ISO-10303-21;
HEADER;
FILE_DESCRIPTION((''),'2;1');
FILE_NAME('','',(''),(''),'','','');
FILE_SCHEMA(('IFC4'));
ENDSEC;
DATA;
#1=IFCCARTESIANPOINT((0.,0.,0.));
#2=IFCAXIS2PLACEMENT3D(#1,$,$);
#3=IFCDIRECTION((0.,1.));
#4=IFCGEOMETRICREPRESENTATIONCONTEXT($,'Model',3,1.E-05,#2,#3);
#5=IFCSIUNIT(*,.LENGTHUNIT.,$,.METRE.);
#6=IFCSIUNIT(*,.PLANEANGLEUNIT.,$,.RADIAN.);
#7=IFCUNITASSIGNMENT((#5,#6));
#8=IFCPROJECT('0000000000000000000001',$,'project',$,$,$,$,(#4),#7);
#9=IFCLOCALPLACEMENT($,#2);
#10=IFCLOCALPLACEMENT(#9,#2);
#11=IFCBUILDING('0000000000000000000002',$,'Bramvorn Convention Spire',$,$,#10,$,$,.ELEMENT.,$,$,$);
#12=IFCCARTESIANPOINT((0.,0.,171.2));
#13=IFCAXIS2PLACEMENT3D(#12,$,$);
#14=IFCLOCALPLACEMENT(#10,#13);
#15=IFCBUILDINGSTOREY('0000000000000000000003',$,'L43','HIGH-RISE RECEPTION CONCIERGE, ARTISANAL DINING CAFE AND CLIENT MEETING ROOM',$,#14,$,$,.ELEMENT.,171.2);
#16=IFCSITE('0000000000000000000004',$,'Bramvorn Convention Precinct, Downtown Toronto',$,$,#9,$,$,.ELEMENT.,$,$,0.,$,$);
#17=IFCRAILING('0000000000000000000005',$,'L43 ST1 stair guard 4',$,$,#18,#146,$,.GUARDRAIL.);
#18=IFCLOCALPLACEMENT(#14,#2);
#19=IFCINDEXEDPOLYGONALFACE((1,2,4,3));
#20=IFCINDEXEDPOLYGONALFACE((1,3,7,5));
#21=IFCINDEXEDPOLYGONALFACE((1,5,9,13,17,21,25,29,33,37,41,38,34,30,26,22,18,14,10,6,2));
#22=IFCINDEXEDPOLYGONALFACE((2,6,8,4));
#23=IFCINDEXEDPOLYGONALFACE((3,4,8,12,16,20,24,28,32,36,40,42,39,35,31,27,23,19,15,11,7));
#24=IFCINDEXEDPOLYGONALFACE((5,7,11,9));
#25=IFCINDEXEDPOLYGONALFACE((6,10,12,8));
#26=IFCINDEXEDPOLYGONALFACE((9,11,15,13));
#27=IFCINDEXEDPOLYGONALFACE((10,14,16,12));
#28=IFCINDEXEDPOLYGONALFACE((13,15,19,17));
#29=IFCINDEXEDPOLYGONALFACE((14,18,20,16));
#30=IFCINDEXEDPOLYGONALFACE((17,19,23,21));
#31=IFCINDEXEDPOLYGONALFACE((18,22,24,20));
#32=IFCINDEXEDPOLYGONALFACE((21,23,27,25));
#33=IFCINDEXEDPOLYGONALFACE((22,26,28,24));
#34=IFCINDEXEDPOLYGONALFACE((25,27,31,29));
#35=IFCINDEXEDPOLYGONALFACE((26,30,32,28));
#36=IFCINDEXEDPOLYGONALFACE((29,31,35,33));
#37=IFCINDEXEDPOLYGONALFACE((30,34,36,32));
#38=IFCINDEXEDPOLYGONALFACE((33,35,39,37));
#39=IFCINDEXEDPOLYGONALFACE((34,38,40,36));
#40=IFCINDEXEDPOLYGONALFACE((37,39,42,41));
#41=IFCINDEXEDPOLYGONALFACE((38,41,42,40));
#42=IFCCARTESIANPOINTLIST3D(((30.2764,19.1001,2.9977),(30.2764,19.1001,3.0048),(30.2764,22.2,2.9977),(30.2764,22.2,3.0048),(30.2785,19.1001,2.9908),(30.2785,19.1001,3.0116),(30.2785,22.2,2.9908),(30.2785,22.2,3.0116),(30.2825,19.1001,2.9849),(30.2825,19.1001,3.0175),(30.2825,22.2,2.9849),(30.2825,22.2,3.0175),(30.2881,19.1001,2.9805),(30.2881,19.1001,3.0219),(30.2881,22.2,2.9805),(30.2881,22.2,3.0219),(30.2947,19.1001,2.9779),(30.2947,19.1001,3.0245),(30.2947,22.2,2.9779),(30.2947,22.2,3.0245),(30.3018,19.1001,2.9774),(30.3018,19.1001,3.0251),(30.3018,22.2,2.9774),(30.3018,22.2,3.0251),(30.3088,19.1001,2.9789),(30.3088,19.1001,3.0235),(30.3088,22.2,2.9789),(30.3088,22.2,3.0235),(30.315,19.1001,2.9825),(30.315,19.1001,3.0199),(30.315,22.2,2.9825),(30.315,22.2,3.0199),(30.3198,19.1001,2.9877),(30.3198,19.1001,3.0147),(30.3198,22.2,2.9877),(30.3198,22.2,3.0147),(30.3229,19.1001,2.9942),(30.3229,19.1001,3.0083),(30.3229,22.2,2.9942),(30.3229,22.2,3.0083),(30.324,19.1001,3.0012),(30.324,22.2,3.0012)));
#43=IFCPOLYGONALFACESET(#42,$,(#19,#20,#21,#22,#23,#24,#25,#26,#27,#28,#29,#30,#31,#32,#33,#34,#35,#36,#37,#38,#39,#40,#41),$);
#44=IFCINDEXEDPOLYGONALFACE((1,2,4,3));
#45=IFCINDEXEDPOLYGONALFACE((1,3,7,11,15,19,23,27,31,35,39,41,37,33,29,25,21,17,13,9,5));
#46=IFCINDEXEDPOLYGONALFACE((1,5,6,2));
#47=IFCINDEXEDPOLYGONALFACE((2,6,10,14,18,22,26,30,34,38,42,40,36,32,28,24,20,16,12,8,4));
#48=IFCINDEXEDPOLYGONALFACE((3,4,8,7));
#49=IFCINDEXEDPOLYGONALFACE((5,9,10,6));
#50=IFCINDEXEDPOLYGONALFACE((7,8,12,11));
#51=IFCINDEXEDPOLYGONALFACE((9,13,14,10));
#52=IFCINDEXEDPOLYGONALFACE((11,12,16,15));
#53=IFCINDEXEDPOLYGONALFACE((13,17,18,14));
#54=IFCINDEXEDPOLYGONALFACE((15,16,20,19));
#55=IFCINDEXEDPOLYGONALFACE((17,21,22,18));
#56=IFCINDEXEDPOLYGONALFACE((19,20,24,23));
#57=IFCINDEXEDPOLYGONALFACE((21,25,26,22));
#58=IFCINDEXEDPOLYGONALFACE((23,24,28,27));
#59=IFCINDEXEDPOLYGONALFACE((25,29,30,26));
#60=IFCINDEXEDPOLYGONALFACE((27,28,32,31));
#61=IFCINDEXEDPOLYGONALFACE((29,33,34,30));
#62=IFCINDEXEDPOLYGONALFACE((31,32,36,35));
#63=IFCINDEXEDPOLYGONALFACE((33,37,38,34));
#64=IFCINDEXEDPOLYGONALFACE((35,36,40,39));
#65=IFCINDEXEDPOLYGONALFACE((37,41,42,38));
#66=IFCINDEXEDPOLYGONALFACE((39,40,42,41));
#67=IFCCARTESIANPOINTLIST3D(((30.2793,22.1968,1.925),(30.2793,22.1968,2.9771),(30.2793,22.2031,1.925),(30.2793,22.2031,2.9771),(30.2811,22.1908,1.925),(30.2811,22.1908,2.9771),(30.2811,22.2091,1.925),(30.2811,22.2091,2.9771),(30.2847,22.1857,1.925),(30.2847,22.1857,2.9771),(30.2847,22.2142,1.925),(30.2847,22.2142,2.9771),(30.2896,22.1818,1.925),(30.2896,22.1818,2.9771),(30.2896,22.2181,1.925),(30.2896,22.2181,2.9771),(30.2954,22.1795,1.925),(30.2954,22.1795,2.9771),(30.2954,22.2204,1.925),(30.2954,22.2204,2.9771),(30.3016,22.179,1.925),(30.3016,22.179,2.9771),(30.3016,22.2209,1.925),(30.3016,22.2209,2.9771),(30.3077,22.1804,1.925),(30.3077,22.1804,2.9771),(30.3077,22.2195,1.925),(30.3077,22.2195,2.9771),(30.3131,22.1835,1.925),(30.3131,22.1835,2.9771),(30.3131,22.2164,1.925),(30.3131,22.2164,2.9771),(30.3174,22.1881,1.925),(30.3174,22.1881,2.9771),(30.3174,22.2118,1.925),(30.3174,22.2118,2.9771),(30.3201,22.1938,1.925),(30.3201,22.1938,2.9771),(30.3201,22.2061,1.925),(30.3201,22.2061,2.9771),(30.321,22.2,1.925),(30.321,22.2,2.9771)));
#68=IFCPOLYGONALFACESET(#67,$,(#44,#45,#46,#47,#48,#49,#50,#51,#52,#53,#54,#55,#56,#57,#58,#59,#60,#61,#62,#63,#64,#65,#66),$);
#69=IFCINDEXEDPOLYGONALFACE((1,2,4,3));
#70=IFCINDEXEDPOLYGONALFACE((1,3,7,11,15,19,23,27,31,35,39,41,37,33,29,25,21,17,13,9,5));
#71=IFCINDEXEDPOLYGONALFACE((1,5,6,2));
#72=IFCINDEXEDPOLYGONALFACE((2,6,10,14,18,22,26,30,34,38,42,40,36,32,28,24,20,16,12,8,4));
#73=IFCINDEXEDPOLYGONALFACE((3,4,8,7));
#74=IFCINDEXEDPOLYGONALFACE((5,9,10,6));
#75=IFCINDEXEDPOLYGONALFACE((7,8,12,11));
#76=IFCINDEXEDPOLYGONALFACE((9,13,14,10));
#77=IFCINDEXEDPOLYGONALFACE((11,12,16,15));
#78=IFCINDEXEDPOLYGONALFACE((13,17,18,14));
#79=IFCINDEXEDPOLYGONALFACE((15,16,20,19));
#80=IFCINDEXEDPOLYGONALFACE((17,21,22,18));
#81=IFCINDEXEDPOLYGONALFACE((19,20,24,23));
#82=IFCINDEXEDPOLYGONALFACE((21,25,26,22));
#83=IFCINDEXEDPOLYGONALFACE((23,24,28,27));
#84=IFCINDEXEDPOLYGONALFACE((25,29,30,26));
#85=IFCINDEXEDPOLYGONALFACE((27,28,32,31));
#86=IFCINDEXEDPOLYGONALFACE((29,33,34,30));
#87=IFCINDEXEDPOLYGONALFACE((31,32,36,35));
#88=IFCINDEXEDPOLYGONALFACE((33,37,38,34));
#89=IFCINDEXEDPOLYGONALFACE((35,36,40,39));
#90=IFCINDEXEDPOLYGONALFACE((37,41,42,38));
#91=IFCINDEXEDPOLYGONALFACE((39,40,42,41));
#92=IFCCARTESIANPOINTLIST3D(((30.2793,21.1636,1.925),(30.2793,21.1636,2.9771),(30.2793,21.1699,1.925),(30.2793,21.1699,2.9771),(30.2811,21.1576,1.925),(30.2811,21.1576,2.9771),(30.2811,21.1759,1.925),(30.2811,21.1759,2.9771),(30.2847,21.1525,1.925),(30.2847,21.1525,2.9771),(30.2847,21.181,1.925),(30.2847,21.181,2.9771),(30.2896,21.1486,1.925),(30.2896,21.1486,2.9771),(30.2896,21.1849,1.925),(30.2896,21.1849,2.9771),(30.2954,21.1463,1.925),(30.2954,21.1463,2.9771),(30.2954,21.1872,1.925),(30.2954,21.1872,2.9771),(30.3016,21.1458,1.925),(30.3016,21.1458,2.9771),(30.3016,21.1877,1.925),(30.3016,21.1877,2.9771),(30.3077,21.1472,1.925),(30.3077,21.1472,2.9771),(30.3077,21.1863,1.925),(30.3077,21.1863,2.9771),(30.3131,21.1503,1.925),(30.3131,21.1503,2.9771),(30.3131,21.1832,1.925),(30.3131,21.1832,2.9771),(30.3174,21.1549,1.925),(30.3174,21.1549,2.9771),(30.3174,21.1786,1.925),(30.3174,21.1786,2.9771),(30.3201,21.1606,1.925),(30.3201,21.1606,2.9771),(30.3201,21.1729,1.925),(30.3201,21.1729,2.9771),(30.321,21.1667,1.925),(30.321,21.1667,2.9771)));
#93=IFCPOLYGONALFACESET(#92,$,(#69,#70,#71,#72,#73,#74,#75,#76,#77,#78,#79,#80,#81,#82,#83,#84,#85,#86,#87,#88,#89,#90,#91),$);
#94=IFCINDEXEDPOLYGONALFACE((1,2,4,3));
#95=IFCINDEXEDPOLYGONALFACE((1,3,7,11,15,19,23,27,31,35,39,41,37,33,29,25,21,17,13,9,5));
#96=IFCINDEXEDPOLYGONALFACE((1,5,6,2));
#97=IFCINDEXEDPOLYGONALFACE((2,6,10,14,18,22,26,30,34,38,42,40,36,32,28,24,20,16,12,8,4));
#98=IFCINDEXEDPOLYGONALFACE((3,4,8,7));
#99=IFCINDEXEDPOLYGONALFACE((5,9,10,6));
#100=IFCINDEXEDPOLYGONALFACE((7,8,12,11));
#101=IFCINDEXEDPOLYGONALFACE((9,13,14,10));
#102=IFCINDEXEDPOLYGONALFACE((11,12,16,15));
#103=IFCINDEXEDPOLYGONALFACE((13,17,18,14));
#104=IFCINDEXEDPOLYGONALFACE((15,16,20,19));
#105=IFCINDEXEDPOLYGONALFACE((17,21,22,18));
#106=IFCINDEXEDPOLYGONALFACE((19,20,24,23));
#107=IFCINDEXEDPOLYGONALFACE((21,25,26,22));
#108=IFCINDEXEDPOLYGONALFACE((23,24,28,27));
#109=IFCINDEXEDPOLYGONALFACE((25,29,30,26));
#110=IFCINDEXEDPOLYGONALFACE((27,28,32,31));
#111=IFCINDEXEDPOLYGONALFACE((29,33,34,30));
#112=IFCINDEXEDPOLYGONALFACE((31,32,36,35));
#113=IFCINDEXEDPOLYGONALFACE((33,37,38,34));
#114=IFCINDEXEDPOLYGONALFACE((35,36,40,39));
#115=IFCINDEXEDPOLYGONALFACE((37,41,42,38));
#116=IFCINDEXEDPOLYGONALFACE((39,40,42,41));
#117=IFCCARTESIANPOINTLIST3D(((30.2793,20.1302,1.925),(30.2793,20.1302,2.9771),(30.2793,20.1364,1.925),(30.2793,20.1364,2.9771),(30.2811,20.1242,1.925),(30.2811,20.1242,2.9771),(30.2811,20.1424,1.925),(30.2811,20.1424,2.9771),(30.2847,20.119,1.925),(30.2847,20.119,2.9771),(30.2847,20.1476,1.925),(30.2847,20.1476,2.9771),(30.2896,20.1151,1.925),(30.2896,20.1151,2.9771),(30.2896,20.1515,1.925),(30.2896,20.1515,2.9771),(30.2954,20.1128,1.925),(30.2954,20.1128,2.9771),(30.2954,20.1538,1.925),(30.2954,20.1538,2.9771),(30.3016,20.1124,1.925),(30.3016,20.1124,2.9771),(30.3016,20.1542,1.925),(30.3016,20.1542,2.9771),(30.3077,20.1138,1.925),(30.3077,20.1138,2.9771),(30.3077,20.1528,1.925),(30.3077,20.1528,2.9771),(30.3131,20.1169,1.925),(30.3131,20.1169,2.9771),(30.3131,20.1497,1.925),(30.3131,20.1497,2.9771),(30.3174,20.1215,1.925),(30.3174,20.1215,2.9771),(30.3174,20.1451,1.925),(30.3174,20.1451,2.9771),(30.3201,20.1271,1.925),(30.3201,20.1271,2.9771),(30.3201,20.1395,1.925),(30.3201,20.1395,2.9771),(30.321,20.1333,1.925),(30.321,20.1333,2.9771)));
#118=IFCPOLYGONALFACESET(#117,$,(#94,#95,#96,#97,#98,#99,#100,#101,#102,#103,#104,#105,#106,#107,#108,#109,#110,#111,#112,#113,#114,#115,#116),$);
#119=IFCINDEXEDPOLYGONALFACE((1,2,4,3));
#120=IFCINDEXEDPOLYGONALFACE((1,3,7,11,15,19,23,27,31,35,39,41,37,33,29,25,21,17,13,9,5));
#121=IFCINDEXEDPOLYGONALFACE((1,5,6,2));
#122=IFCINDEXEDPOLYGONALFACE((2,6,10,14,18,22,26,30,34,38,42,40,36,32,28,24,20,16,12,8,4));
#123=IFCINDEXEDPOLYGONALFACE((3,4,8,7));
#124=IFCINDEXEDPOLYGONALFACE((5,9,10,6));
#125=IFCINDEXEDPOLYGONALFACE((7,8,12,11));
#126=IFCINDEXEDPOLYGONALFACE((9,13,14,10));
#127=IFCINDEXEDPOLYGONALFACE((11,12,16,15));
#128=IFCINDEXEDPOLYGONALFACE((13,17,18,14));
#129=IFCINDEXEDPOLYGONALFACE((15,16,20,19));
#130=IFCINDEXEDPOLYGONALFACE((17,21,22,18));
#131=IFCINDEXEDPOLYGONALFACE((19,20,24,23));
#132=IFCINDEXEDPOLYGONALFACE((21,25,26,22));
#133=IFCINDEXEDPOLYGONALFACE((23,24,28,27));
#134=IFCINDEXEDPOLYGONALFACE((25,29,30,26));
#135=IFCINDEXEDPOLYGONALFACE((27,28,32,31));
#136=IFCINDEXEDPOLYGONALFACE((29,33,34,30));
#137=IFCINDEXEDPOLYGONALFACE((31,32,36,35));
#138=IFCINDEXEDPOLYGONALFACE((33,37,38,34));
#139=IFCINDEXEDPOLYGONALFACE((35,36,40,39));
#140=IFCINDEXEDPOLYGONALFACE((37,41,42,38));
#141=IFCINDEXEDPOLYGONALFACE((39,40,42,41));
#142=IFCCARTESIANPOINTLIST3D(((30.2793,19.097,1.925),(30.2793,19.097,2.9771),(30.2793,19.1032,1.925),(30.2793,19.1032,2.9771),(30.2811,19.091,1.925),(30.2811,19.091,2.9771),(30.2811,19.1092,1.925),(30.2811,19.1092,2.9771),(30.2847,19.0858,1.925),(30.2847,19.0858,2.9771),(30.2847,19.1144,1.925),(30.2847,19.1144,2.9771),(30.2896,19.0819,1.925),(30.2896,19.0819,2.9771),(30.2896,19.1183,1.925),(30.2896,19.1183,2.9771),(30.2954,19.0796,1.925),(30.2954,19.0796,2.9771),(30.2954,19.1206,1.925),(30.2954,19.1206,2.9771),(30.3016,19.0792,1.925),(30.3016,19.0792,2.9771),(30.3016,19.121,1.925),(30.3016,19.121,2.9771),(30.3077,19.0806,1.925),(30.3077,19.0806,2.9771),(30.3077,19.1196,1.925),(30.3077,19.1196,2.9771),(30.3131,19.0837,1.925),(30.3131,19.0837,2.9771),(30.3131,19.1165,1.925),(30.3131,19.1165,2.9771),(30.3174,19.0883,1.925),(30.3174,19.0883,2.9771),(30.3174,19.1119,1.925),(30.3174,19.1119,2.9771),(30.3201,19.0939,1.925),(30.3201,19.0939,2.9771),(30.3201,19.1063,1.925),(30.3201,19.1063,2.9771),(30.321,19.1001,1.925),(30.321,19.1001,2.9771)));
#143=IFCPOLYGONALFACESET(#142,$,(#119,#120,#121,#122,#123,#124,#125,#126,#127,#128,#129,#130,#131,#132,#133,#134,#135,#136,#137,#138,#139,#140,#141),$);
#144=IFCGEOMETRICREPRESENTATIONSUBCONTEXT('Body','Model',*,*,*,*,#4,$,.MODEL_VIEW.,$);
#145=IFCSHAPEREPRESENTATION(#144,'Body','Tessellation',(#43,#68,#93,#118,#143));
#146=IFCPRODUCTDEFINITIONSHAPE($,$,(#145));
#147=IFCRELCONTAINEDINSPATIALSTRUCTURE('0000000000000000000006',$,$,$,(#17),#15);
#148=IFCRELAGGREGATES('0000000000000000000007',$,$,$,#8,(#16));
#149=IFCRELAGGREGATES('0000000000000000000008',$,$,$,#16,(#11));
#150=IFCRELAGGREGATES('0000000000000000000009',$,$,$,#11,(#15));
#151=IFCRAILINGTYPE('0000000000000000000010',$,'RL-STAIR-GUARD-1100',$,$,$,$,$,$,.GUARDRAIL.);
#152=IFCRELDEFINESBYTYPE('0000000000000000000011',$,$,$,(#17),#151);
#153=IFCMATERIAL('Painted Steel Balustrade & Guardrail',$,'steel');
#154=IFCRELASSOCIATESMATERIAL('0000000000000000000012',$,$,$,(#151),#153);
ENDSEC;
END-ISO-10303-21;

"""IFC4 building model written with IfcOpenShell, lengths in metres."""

from ifc_helpers import new_model, si_unit, direction, frame, origin, origin_2d, place, context, subcontext, project, spatial, circle, extrude, material, type_object, element, save


model = new_model("IFC4")

# Units and contexts
model_context = context("Model", 3, precision=1e-05, world=origin(), true_north=direction((0.0, 1.0)))
body_context = subcontext(model_context, "Body", "Model", "MODEL_VIEW")
ifc_project = project(units=[si_unit("LENGTHUNIT", "METRE"), si_unit("PLANEANGLEUNIT", "RADIAN")], contexts=[model_context])

# Site, building, storey
site_placement = place(None, origin())
site = spatial("IfcSite", under=ifc_project, at=site_placement, Name="Bramvorn Convention Precinct, Downtown Toronto", CompositionType="ELEMENT", RefElevation=0.0)
building_placement = place(site_placement, origin())
building = spatial("IfcBuilding", under=site, at=building_placement, Name="Bramvorn Convention Spire", CompositionType="ELEMENT")
storey_placement = place(building_placement, frame((0.0, 0.0, 171.2)))
storey = spatial("IfcBuildingStorey", under=building, at=storey_placement, Name="L43", Description="HIGH-RISE RECEPTION CONCIERGE, ARTISANAL DINING CAFE AND CLIENT MEETING ROOM", CompositionType="ELEMENT", Elevation=171.2)

# Railing
ifc_material_1 = material(Name="Painted Steel Balustrade & Guardrail", Category="steel")
railing_type_1 = type_object("IfcRailingType", Name="RL-STAIR-GUARD-1100", PredefinedType="GUARDRAIL", material=ifc_material_1)
for number, where, name in (
    (1, (30.3, 22.2, 1.925), "L43 ST1 stair guard 4"),
):
    element("IfcRailing", number, at=place(storey_placement, frame(where)), inside=storey, type_object=railing_type_1, Name=name, PredefinedType="GUARDRAIL", context=body_context, shape_type="SweptSolid", body=[
        extrude(circle(Radius=0.0239, at=origin_2d()), frame((0.0, 0.0, 1.0762), z_axis=(0.0, -1.0, 0.0), x_axis=(1.0, 0.0, 0.0)), (0.0, 0.0, 1.0), 3.0999),
        extrude(circle(Radius=0.021, at=origin_2d()), origin(), (0.0, 0.0, 1.0), 1.052),
        extrude(circle(Radius=0.021, at=origin_2d()), frame((0.0, -1.0332, 0.0)), (0.0, 0.0, 1.0), 1.052),
        extrude(circle(Radius=0.021, at=origin_2d()), frame((0.0, -2.0667, 0.0)), (0.0, 0.0, 1.0), 1.052),
        extrude(circle(Radius=0.021, at=origin_2d()), frame((0.0, -3.0999, 0.0)), (0.0, 0.0, 1.0), 1.052),
    ])

save(model, "model.ifc")
